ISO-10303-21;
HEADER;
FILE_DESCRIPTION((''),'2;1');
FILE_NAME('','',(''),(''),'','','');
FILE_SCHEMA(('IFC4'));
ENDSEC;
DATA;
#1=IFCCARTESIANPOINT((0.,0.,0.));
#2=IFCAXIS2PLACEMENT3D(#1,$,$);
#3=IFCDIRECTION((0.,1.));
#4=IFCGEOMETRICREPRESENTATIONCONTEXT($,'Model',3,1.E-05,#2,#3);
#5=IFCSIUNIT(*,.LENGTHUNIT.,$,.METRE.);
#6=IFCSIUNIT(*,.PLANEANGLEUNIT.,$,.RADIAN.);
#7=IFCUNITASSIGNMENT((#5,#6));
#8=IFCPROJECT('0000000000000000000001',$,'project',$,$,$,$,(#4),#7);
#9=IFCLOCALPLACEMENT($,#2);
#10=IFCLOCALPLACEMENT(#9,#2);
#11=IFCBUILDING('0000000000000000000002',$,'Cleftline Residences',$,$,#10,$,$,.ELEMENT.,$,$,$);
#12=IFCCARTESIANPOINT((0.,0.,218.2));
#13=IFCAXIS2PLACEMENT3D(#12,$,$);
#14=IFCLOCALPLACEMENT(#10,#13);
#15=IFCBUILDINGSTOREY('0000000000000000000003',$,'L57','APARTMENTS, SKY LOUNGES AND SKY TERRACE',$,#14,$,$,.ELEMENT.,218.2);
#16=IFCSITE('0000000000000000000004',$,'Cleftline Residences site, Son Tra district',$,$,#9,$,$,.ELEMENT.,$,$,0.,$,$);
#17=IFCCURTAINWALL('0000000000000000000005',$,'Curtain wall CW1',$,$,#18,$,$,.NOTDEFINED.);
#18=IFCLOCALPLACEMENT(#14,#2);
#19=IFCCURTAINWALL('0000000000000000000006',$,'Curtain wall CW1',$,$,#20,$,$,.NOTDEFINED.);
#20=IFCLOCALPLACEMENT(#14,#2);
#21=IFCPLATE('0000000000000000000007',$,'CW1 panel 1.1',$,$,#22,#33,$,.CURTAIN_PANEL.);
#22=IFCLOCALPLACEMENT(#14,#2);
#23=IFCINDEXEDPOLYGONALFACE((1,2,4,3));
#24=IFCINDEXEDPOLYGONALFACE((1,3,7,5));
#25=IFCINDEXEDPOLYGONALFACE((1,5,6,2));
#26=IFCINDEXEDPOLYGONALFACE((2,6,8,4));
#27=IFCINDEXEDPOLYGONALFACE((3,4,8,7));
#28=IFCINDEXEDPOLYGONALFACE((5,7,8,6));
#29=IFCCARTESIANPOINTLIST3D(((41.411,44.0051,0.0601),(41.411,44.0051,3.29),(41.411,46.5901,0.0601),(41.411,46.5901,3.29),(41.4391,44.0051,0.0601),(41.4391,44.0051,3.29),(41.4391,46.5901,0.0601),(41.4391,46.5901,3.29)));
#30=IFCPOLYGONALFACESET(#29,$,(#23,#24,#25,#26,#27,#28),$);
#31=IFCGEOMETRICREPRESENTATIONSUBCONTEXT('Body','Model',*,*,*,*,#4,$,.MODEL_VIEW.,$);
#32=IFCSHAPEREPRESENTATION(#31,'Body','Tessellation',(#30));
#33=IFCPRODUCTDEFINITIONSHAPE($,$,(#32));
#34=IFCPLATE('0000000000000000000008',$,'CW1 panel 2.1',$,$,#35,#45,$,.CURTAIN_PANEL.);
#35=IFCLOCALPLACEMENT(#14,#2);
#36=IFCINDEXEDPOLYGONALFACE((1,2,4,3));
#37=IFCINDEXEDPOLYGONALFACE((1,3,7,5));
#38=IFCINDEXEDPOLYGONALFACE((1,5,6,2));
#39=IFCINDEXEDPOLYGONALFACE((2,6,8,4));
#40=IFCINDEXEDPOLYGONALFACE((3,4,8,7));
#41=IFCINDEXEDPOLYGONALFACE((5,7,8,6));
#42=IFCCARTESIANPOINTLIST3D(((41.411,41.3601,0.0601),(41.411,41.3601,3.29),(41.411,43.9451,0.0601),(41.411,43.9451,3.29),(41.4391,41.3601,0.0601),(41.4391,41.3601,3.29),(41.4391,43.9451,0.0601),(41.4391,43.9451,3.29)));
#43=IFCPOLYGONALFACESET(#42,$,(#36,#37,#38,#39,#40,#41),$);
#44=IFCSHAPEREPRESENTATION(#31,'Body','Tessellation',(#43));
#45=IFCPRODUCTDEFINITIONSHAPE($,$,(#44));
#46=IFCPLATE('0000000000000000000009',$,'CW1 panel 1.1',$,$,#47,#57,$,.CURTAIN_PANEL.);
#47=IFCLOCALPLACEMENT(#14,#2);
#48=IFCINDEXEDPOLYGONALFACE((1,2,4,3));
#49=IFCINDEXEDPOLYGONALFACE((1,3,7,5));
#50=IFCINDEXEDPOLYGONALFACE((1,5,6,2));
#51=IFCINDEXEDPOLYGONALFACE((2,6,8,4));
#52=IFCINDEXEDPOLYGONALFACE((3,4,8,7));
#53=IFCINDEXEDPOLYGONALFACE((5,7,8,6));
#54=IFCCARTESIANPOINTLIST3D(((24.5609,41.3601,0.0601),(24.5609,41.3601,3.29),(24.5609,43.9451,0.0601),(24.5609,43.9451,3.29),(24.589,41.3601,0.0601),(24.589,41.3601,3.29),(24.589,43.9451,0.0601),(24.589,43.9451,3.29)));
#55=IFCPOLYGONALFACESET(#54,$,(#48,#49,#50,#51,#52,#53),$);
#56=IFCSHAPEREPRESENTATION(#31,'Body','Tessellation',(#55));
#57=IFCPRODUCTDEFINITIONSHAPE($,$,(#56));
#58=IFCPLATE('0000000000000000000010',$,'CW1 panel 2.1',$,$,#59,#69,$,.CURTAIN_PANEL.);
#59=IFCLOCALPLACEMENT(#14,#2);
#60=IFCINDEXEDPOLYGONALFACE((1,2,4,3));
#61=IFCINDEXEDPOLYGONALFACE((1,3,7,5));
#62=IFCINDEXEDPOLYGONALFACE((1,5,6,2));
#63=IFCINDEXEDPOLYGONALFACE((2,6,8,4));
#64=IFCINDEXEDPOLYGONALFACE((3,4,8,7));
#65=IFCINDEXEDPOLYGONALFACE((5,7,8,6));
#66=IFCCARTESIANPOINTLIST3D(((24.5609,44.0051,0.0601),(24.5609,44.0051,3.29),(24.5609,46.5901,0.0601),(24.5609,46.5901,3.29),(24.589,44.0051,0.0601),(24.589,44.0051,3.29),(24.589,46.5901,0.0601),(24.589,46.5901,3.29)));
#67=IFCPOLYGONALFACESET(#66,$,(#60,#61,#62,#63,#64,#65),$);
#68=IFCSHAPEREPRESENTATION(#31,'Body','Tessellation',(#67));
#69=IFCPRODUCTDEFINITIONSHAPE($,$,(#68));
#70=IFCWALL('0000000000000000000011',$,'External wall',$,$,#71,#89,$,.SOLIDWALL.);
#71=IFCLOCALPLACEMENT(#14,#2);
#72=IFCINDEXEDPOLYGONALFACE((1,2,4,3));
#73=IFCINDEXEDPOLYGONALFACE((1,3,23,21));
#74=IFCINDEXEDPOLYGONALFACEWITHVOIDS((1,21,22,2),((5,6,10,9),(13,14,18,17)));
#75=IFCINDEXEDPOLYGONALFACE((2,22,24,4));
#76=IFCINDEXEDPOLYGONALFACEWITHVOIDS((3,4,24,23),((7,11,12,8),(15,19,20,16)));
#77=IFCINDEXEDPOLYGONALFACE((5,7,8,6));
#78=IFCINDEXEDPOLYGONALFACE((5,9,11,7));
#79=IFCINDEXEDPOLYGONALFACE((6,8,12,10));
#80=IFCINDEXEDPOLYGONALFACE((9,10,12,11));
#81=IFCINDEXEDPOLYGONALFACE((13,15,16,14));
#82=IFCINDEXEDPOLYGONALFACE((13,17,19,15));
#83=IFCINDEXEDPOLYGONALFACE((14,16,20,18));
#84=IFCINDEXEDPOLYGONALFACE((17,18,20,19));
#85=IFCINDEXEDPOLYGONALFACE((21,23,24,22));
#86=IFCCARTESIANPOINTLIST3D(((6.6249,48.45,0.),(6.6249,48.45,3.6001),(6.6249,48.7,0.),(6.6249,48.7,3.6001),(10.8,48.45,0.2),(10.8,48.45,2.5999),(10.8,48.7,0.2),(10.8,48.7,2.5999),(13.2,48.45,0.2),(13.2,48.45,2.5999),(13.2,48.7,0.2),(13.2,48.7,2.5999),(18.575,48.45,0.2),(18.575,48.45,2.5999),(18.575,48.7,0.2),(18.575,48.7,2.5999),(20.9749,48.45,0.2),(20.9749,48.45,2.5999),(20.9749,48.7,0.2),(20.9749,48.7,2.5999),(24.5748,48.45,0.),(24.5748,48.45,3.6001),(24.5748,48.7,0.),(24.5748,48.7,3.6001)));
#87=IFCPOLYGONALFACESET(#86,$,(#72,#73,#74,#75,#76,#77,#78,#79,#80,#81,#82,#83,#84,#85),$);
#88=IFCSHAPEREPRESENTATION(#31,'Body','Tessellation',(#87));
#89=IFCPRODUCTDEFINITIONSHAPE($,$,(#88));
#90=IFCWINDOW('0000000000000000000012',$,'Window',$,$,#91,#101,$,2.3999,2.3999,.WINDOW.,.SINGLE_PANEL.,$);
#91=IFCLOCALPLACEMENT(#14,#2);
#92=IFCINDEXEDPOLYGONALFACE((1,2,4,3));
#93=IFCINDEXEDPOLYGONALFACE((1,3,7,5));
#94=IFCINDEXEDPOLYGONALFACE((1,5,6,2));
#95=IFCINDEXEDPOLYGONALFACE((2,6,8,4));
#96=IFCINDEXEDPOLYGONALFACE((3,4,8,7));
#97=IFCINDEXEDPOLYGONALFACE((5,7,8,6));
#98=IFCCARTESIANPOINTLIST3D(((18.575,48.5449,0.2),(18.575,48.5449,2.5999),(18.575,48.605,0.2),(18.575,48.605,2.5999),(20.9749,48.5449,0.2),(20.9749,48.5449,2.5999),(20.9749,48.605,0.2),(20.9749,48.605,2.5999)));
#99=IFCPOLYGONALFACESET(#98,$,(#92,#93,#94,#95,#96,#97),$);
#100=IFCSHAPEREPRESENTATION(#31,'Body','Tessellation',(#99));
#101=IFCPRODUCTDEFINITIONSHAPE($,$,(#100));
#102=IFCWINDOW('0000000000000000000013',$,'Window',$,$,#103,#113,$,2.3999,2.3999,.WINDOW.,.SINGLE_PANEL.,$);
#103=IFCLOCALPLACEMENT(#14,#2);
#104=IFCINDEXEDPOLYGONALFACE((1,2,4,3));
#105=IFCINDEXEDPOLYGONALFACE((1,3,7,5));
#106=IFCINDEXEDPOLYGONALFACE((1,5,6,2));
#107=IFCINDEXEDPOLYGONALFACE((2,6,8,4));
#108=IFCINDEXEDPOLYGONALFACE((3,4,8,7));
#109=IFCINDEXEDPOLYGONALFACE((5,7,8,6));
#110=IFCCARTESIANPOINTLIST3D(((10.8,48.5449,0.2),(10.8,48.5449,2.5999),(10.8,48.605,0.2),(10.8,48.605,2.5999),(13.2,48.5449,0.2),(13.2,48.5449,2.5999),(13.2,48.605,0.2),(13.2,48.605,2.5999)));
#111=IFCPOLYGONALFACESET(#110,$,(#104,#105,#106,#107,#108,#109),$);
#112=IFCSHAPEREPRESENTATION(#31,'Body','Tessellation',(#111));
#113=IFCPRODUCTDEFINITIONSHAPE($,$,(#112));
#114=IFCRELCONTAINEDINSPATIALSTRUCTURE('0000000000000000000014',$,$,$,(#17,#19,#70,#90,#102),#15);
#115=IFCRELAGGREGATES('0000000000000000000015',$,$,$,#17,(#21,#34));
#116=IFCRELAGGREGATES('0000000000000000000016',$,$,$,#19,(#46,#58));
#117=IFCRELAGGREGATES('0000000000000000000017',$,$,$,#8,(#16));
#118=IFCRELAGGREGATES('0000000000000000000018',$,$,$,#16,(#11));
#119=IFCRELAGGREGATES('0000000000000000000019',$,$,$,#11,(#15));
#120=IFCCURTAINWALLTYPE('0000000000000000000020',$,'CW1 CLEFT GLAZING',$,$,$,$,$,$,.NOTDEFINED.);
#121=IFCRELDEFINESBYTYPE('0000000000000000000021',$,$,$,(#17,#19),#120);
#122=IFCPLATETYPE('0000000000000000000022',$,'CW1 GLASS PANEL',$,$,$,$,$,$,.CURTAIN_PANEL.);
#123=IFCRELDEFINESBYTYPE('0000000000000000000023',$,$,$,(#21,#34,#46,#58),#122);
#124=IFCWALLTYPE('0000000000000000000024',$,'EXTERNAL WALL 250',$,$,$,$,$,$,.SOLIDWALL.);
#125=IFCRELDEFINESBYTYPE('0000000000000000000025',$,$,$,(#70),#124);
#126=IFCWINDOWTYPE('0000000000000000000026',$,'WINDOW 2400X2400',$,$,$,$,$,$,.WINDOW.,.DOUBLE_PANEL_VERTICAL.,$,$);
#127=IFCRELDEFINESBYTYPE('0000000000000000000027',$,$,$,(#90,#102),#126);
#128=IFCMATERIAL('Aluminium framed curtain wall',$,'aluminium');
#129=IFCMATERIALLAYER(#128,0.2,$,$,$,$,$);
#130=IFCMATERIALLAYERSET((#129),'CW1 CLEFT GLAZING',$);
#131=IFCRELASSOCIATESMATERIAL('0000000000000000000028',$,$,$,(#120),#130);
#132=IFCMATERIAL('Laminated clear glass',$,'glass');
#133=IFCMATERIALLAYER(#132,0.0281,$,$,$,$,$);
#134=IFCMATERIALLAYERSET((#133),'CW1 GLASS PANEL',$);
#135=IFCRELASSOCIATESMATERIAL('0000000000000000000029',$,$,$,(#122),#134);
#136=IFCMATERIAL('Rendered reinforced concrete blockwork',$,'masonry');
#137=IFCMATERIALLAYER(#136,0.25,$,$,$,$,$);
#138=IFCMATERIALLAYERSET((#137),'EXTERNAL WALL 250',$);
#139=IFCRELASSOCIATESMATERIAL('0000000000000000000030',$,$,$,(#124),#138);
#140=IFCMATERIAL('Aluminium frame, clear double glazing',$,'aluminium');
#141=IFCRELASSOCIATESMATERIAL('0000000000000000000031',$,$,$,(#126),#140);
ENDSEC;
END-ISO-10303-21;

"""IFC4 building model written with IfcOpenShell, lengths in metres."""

from ifc_helpers import new_model, si_unit, direction, frame, frame_2d, origin, origin_2d, place, context, subcontext, project, spatial, rectangle, extrude, material, layer, layer_set, type_object, element, fill, aggregate, save


model = new_model("IFC4")

# Units and contexts
model_context = context("Model", 3, precision=1e-05, world=origin(), true_north=direction((0.0, 1.0)))
body_context = subcontext(model_context, "Body", "Model", "MODEL_VIEW")
ifc_project = project(units=[si_unit("LENGTHUNIT", "METRE"), si_unit("PLANEANGLEUNIT", "RADIAN")], contexts=[model_context])

# Site, building, storey
site_placement = place(None, origin())
site = spatial("IfcSite", under=ifc_project, at=site_placement, Name="Cleftline Residences site, Son Tra district", CompositionType="ELEMENT", RefElevation=0.0)
building_placement = place(site_placement, origin())
building = spatial("IfcBuilding", under=site, at=building_placement, Name="Cleftline Residences", CompositionType="ELEMENT")
storey_placement = place(building_placement, frame((0.0, 0.0, 218.2)))
storey = spatial("IfcBuildingStorey", under=building, at=storey_placement, Name="L57", Description="APARTMENTS, SKY LOUNGES AND SKY TERRACE", CompositionType="ELEMENT", Elevation=218.2)

# Curtain wall
ifc_material_1 = material(Name="Aluminium framed curtain wall", Category="aluminium")
ifc_layer_1 = layer(ifc_material_1, 0.2)
ifc_layer_set_1 = layer_set([ifc_layer_1], Name="CW1 CLEFT GLAZING")
curtain_wall_type = type_object("IfcCurtainWallType", Name="CW1 CLEFT GLAZING", PredefinedType="NOTDEFINED", material=ifc_layer_set_1)
curtain_wall_1_placement = place(storey_placement, origin())
curtain_wall_1 = element("IfcCurtainWall", 1, at=curtain_wall_1_placement, inside=storey, type_object=curtain_wall_type, Name="Curtain wall CW1", PredefinedType="NOTDEFINED")

# Curtain wall
curtain_wall_2_placement = place(storey_placement, origin())
curtain_wall_2 = element("IfcCurtainWall", 2, at=curtain_wall_2_placement, inside=storey, type_object=curtain_wall_type, Name="Curtain wall CW1", PredefinedType="NOTDEFINED")

# Plates
ifc_material_2 = material(Name="Laminated clear glass", Category="glass")
ifc_layer_2 = layer(ifc_material_2, 0.0281)
ifc_layer_set_2 = layer_set([ifc_layer_2], Name="CW1 GLASS PANEL")
plate_type = type_object("IfcPlateType", Name="CW1 GLASS PANEL", PredefinedType="CURTAIN_PANEL", material=ifc_layer_set_2)
plate_1_placement = place(storey_placement, frame((41.425, 45.2976, 0.0601), z_axis=(0.0, 0.0, 1.0), x_axis=(0.0, -1.0, 0.0)))
plate_1 = element("IfcPlate", 3, at=plate_1_placement, type_object=plate_type, Name="CW1 panel 1.1", PredefinedType="CURTAIN_PANEL", context=body_context, shape_type="SweptSolid", body=[
    extrude(rectangle(XDim=2.585, YDim=0.0281, at=origin_2d()), origin(), (0.0, 0.0, 1.0), 3.23),
])
plate_2_placement = place(storey_placement, frame((41.425, 42.6526, 0.0601), z_axis=(0.0, 0.0, 1.0), x_axis=(0.0, -1.0, 0.0)))
plate_2 = element("IfcPlate", 4, at=plate_2_placement, type_object=plate_type, Name="CW1 panel 2.1", PredefinedType="CURTAIN_PANEL", context=body_context, shape_type="SweptSolid", body=[
    extrude(rectangle(XDim=2.585, YDim=0.0281, at=origin_2d()), origin(), (0.0, 0.0, 1.0), 3.23),
])
aggregate(curtain_wall_1, [plate_1, plate_2])
plate_3_placement = place(storey_placement, frame((24.575, 42.6526, 0.0601), z_axis=(0.0, 0.0, 1.0), x_axis=(0.0, 1.0, 0.0)))
plate_3 = element("IfcPlate", 5, at=plate_3_placement, type_object=plate_type, Name="CW1 panel 1.1", PredefinedType="CURTAIN_PANEL", context=body_context, shape_type="SweptSolid", body=[
    extrude(rectangle(XDim=2.585, YDim=0.0281, at=origin_2d()), origin(), (0.0, 0.0, 1.0), 3.23),
])
plate_4_placement = place(storey_placement, frame((24.575, 45.2976, 0.0601), z_axis=(0.0, 0.0, 1.0), x_axis=(0.0, 1.0, 0.0)))
plate_4 = element("IfcPlate", 6, at=plate_4_placement, type_object=plate_type, Name="CW1 panel 2.1", PredefinedType="CURTAIN_PANEL", context=body_context, shape_type="SweptSolid", body=[
    extrude(rectangle(XDim=2.585, YDim=0.0281, at=origin_2d()), origin(), (0.0, 0.0, 1.0), 3.23),
])
aggregate(curtain_wall_2, [plate_3, plate_4])

# Wall, openings, windows
ifc_material_3 = material(Name="Rendered reinforced concrete blockwork", Category="masonry")
ifc_layer_3 = layer(ifc_material_3, 0.25)
ifc_layer_set_3 = layer_set([ifc_layer_3], Name="EXTERNAL WALL 250")
wall_type = type_object("IfcWallType", Name="EXTERNAL WALL 250", PredefinedType="SOLIDWALL", material=ifc_layer_set_3)
wall_placement = place(storey_placement, frame((24.575, 48.575, 0.0), z_axis=(0.0, 0.0, 1.0), x_axis=(-1.0, 0.0, 0.0)))
wall = element("IfcWall", 7, at=wall_placement, inside=storey, type_object=wall_type, Name="External wall", PredefinedType="SOLIDWALL", context=body_context, shape_type="SweptSolid", body=[
    extrude(rectangle(XDim=17.95, YDim=0.25, at=frame_2d((8.9751, 0.0))), origin(), (0.0, 0.0, 1.0), 3.6001),
])
opening_1_placement = place(wall_placement, frame((3.6001, 0.0, 0.2)))
opening_1 = element("IfcOpeningElement", 8, at=opening_1_placement, cuts=wall, PredefinedType="OPENING", context=body_context, shape_type="SweptSolid", body=[
    extrude(rectangle(XDim=2.3999, YDim=2.3999, at=frame_2d((1.2, 1.2))), frame((0.0, 0.135, 0.0), z_axis=(0.0, -1.0, 0.0), x_axis=(1.0, 0.0, 0.0)), (0.0, 0.0, 1.0), 0.27),
])
opening_2_placement = place(wall_placement, frame((11.375, 0.0, 0.2)))
opening_2 = element("IfcOpeningElement", 9, at=opening_2_placement, cuts=wall, PredefinedType="OPENING", context=body_context, shape_type="SweptSolid", body=[
    extrude(rectangle(XDim=2.3999, YDim=2.3999, at=frame_2d((1.2, 1.2))), frame((0.0, 0.135, 0.0), z_axis=(0.0, -1.0, 0.0), x_axis=(1.0, 0.0, 0.0)), (0.0, 0.0, 1.0), 0.27),
])
ifc_material_4 = material(Name="Aluminium frame, clear double glazing", Category="aluminium")
window_type = type_object("IfcWindowType", Name="WINDOW 2400X2400", PartitioningType="DOUBLE_PANEL_VERTICAL", PredefinedType="WINDOW", material=ifc_material_4)
window_1_placement = place(opening_1_placement, origin())
window_1 = element("IfcWindow", 10, at=window_1_placement, inside=storey, type_object=window_type, Name="Window", OverallHeight=2.3999, OverallWidth=2.3999, PartitioningType="SINGLE_PANEL", PredefinedType="WINDOW", context=body_context, shape_type="SweptSolid", body=[
    extrude(rectangle(XDim=2.3999, YDim=2.3999, at=frame_2d((1.2, 1.2))), frame((0.0, 0.03, 0.0), z_axis=(0.0, -1.0, 0.0), x_axis=(1.0, 0.0, 0.0)), (0.0, 0.0, 1.0), 0.0601),
])
fill(opening_1, window_1)
window_2_placement = place(opening_2_placement, origin())
window_2 = element("IfcWindow", 11, at=window_2_placement, inside=storey, type_object=window_type, Name="Window", OverallHeight=2.3999, OverallWidth=2.3999, PartitioningType="SINGLE_PANEL", PredefinedType="WINDOW", context=body_context, shape_type="SweptSolid", body=[
    extrude(rectangle(XDim=2.3999, YDim=2.3999, at=frame_2d((1.2, 1.2))), frame((0.0, 0.03, 0.0), z_axis=(0.0, -1.0, 0.0), x_axis=(1.0, 0.0, 0.0)), (0.0, 0.0, 1.0), 0.0601),
])
fill(opening_2, window_2)

save(model, "model.ifc")
